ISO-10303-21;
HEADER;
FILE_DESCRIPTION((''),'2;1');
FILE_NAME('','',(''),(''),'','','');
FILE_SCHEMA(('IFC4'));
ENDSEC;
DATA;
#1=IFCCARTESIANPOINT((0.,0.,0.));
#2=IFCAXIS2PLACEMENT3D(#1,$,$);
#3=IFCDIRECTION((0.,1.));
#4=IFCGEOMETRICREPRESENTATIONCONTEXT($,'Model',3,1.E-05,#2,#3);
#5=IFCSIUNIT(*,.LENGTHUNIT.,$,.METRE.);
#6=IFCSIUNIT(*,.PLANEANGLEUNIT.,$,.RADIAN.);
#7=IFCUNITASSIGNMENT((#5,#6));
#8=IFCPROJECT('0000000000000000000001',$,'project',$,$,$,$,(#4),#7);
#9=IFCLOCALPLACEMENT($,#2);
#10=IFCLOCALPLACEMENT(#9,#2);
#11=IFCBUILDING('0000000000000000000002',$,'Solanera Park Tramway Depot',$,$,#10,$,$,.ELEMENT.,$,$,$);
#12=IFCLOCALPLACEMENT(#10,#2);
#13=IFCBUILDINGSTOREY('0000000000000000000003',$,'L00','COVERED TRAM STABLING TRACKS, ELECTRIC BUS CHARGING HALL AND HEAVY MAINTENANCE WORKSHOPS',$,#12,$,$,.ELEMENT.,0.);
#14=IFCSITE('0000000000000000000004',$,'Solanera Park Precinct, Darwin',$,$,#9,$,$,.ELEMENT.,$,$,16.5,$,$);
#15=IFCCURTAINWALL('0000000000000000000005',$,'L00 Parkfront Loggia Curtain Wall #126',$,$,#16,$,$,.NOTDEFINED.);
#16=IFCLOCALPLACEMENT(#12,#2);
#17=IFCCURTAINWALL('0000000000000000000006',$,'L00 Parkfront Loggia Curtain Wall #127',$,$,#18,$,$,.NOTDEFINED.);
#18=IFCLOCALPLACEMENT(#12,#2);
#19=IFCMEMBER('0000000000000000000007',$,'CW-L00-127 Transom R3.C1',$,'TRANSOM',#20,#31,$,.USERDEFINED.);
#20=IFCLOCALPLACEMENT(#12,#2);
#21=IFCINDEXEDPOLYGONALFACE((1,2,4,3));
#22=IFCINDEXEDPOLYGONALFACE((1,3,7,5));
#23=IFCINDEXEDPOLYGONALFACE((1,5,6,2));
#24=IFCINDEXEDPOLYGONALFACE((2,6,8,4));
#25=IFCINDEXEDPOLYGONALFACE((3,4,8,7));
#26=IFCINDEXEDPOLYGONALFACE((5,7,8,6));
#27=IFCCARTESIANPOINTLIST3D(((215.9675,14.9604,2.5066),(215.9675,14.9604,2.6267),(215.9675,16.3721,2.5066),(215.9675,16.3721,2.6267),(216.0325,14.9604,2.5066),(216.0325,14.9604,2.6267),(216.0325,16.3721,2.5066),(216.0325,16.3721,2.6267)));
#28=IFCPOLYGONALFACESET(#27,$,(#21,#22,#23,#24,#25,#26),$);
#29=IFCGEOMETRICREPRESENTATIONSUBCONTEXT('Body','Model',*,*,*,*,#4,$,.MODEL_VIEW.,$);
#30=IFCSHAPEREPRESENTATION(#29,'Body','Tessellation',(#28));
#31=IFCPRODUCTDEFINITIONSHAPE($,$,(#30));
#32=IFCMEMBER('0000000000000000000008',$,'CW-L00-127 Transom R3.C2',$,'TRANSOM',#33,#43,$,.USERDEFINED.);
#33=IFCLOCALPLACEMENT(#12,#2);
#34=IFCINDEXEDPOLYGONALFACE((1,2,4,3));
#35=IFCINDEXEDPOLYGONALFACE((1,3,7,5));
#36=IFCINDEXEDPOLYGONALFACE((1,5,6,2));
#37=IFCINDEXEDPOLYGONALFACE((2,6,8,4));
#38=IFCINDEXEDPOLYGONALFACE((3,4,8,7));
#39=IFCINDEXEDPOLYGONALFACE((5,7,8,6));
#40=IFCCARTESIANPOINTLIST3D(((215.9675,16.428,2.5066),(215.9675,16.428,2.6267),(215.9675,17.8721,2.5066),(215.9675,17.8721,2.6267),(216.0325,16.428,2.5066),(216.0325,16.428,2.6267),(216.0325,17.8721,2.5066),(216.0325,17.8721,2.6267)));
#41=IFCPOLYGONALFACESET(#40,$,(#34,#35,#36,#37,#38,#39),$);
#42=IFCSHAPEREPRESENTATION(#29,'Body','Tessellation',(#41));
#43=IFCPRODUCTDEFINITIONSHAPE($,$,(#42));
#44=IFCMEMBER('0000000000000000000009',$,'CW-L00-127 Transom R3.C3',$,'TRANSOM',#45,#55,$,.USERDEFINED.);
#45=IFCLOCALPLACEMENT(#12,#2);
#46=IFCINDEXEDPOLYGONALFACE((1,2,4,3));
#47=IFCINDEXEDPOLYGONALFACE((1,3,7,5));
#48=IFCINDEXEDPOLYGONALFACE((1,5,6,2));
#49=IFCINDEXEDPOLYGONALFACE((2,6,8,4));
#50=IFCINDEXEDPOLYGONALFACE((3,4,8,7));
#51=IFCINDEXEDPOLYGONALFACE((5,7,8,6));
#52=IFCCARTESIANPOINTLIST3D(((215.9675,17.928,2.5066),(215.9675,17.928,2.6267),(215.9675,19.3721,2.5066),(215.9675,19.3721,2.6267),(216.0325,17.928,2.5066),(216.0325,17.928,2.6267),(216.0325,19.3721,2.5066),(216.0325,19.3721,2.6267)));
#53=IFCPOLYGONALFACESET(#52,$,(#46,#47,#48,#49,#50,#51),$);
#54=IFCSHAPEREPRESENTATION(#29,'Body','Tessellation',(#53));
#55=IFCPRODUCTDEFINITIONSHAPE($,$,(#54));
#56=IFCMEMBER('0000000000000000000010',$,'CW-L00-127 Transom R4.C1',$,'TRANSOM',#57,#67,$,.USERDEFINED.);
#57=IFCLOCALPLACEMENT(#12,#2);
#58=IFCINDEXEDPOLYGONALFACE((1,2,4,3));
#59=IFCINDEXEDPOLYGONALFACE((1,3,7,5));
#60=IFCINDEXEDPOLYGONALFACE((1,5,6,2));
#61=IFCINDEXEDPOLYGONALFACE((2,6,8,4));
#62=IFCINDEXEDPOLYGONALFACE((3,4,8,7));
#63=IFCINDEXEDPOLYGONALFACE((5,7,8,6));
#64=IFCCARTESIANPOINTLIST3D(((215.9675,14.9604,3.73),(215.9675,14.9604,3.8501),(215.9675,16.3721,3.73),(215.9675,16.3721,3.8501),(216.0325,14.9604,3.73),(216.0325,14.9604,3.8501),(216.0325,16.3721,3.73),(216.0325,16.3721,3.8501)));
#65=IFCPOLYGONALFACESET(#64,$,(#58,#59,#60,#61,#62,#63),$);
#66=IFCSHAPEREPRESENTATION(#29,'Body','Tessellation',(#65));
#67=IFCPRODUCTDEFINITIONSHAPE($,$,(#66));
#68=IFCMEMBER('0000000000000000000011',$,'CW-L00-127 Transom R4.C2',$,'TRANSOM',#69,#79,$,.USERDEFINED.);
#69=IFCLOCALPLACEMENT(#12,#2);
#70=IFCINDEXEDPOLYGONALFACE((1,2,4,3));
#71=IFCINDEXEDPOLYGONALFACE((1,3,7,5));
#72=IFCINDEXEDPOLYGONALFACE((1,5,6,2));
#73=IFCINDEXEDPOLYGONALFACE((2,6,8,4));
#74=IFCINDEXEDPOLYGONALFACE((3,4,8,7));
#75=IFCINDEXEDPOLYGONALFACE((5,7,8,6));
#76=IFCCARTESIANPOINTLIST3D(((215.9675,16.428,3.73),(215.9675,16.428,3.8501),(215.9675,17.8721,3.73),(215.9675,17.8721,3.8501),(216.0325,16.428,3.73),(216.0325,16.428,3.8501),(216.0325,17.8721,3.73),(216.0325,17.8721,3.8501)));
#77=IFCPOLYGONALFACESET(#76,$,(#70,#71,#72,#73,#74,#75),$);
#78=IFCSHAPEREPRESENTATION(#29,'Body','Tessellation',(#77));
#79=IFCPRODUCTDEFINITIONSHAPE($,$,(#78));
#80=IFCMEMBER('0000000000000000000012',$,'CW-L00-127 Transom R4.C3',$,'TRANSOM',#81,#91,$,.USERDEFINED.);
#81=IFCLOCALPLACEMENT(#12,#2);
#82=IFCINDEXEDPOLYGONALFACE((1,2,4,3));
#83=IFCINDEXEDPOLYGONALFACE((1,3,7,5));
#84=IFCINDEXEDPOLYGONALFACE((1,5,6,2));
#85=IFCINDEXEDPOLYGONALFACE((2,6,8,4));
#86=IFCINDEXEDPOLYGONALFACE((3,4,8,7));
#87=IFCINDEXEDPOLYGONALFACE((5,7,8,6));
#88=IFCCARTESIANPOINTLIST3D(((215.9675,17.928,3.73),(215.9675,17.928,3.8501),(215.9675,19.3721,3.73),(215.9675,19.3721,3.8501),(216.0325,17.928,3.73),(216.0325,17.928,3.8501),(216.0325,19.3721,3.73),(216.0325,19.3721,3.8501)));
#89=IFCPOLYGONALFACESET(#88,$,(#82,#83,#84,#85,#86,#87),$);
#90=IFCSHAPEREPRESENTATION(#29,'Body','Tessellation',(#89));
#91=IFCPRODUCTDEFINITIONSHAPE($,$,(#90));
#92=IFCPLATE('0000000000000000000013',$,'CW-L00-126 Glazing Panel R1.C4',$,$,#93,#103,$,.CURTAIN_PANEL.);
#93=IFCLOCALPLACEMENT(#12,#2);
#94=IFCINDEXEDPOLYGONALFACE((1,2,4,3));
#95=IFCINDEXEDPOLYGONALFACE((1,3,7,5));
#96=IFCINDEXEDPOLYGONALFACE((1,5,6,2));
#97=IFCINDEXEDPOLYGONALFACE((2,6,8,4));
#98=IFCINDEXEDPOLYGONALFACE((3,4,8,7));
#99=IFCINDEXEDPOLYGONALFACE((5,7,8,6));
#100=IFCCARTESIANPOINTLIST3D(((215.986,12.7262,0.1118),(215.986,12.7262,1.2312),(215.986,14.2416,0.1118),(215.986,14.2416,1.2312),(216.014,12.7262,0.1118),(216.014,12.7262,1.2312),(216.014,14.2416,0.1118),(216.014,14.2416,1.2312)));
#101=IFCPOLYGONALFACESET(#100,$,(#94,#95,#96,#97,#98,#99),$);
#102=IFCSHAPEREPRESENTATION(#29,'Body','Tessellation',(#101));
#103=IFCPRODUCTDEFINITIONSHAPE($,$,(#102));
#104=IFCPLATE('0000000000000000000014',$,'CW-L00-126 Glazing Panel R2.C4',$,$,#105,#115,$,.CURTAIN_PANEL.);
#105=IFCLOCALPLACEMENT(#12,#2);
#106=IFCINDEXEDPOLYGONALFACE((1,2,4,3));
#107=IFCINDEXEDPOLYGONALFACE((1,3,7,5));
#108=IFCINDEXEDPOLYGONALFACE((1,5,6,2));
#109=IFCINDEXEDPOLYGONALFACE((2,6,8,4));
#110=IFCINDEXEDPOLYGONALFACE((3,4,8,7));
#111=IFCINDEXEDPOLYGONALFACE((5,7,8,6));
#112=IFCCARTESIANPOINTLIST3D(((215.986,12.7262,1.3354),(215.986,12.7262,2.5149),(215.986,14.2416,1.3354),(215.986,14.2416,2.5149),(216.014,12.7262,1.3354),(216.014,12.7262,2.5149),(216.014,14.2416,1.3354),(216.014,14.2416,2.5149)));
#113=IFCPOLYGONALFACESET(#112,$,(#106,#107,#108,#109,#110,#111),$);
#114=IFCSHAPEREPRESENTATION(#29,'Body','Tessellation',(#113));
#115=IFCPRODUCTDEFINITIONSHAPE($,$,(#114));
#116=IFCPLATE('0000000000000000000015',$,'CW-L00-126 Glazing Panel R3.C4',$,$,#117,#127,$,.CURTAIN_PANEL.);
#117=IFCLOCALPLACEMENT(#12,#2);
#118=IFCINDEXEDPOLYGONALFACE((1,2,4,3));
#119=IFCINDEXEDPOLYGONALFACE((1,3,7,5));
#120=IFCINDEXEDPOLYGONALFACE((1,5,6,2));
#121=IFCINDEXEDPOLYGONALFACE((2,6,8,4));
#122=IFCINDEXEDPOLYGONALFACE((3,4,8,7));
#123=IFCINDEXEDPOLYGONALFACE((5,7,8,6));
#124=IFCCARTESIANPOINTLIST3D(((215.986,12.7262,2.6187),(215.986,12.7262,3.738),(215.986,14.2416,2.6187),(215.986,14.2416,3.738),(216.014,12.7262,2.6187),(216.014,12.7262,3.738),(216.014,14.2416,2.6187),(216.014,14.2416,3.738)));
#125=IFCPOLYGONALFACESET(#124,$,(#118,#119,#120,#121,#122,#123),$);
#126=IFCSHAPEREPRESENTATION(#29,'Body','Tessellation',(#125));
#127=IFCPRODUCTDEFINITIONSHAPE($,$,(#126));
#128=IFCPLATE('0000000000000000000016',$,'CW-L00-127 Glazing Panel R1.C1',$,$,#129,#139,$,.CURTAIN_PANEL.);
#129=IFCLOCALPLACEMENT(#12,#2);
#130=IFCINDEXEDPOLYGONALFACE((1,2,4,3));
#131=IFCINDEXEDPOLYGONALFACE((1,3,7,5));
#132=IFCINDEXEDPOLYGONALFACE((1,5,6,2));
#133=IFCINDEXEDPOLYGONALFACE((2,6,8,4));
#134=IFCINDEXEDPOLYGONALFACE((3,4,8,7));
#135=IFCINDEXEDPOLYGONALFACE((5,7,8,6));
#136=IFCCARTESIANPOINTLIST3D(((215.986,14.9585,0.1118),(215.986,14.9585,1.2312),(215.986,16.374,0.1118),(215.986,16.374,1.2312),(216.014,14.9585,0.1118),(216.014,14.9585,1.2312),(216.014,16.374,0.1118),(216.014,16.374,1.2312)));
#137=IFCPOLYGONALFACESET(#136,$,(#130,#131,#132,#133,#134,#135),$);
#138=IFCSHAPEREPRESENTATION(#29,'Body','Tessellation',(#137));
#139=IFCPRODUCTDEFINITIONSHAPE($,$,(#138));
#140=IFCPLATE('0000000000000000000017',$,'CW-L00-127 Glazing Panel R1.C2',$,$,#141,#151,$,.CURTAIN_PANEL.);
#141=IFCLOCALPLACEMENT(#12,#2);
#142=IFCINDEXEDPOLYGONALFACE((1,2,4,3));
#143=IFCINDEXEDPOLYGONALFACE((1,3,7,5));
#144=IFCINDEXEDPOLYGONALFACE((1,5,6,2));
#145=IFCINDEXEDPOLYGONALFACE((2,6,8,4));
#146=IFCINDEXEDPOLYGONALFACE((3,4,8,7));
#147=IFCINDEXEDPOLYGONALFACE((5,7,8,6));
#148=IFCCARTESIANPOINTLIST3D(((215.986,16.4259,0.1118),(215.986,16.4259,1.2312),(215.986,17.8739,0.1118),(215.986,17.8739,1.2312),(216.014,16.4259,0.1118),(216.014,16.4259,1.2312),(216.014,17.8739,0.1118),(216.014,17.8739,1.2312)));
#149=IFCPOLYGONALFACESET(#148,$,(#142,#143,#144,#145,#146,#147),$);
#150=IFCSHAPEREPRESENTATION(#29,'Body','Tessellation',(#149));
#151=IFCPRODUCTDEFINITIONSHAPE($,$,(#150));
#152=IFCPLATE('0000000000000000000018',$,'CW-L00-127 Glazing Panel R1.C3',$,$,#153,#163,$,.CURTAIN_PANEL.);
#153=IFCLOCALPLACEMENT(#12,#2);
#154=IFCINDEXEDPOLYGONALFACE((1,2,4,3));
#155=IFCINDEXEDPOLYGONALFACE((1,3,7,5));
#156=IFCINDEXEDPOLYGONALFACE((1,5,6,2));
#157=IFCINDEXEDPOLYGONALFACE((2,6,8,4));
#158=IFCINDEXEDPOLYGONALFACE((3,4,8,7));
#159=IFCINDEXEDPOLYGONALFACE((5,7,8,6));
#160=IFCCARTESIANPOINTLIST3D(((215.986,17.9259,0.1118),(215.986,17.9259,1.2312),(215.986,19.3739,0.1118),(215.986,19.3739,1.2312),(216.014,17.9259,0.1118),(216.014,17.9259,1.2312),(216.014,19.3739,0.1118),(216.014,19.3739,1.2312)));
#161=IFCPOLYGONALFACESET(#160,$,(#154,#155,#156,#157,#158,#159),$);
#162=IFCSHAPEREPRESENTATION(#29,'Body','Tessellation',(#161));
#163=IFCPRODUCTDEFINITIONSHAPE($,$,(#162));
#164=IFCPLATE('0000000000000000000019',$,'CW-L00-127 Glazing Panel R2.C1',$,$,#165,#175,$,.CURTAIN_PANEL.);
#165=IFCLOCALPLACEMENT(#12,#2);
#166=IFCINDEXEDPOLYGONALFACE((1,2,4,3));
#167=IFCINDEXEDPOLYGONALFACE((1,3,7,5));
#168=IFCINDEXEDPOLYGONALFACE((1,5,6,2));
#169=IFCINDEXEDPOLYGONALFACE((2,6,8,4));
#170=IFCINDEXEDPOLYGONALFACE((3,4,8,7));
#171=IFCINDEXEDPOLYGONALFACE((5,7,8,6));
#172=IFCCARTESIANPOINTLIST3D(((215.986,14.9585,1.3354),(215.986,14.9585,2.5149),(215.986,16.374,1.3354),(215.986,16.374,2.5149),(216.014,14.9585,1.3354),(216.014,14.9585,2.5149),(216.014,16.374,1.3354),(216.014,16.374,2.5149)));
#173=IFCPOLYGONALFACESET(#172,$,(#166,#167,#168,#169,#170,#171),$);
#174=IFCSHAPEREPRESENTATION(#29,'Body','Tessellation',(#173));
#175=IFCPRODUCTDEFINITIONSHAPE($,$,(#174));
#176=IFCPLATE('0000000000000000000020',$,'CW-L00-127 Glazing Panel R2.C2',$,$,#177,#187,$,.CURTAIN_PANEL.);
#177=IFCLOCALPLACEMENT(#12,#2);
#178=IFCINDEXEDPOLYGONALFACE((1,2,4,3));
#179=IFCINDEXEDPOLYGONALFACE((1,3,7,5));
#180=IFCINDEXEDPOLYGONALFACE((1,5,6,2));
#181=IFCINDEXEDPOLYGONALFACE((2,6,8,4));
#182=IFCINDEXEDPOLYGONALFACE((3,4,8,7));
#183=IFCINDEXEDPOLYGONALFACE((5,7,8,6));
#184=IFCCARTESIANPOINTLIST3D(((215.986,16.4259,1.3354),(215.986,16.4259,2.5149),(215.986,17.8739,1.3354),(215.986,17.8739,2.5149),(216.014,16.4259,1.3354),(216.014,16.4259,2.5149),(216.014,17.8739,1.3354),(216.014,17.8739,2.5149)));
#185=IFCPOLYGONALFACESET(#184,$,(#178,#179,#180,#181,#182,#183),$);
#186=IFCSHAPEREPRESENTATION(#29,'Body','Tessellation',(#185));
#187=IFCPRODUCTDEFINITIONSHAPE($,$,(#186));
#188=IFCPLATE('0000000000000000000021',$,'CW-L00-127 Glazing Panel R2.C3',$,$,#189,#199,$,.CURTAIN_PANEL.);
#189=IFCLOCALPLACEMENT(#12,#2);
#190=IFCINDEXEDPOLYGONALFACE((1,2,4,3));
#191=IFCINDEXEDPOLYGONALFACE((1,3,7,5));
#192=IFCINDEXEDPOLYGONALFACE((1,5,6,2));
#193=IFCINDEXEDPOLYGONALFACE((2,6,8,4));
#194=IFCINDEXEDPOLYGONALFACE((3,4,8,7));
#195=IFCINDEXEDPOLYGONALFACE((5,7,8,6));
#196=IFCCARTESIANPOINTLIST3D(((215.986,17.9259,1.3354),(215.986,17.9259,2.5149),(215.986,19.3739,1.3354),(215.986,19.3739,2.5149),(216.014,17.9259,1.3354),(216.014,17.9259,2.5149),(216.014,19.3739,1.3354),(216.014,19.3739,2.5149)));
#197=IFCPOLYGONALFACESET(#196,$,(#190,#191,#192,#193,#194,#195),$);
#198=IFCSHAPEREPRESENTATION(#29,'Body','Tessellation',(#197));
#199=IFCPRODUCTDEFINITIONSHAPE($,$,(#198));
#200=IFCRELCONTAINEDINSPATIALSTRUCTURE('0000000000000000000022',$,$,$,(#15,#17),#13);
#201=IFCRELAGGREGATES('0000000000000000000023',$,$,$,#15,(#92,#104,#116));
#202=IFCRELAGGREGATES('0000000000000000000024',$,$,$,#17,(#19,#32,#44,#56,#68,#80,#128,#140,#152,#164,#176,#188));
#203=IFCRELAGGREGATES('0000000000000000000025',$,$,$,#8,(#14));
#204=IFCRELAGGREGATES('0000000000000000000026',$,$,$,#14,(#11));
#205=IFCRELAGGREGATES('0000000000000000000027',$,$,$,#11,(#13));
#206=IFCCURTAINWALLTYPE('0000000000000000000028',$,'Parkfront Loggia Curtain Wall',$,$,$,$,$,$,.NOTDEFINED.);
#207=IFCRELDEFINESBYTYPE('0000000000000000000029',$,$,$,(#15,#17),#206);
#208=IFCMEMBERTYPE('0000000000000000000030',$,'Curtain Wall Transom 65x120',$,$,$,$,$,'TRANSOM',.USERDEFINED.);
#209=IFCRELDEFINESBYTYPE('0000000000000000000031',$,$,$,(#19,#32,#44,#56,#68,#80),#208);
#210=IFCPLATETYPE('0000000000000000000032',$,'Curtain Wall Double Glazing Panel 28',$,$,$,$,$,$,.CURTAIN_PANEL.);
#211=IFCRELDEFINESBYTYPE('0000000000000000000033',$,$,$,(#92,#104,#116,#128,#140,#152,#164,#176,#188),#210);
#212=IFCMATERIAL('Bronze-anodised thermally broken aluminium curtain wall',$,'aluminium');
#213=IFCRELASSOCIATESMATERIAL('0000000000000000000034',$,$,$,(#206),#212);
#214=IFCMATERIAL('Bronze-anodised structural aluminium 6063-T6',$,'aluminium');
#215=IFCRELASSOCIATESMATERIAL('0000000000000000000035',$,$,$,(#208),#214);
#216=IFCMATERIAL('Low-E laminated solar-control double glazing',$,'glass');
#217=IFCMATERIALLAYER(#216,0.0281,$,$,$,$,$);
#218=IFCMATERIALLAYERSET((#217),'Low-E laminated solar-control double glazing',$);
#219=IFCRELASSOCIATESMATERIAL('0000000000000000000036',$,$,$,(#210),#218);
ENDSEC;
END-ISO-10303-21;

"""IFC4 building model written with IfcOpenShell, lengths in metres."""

from ifc_helpers import new_model, si_unit, direction, frame, origin, origin_2d, place, context, subcontext, project, spatial, rectangle, extrude, material, layer, layer_set, material_profile, profile_set, type_object, element, aggregate, save


model = new_model("IFC4")

# Units and contexts
model_context = context("Model", 3, precision=1e-05, world=origin(), true_north=direction((0.0, 1.0)))
body_context = subcontext(model_context, "Body", "Model", "MODEL_VIEW")
ifc_project = project(units=[si_unit("LENGTHUNIT", "METRE"), si_unit("PLANEANGLEUNIT", "RADIAN")], contexts=[model_context])

# Site, building, storey
site_placement = place(None, origin())
site = spatial("IfcSite", under=ifc_project, at=site_placement, Name="Solanera Park Precinct, Darwin", CompositionType="ELEMENT", RefElevation=16.5)
building_placement = place(site_placement, origin())
building = spatial("IfcBuilding", under=site, at=building_placement, Name="Solanera Park Tramway Depot", CompositionType="ELEMENT")
storey_placement = place(building_placement, origin())
storey = spatial("IfcBuildingStorey", under=building, at=storey_placement, Name="L00", Description="COVERED TRAM STABLING TRACKS, ELECTRIC BUS CHARGING HALL AND HEAVY MAINTENANCE WORKSHOPS", CompositionType="ELEMENT", Elevation=0.0)

# Curtain wall
ifc_material_1 = material(Name="Bronze-anodised thermally broken aluminium curtain wall", Category="aluminium")
curtain_wall_type = type_object("IfcCurtainWallType", Name="Parkfront Loggia Curtain Wall", PredefinedType="NOTDEFINED", material=ifc_material_1)
curtain_wall_1_placement = place(storey_placement, origin())
curtain_wall_1 = element("IfcCurtainWall", 1, at=curtain_wall_1_placement, inside=storey, type_object=curtain_wall_type, Name="L00 Parkfront Loggia Curtain Wall #126", PredefinedType="NOTDEFINED")

# Curtain wall
curtain_wall_2_placement = place(storey_placement, origin())
curtain_wall_2 = element("IfcCurtainWall", 2, at=curtain_wall_2_placement, inside=storey, type_object=curtain_wall_type, Name="L00 Parkfront Loggia Curtain Wall #127", PredefinedType="NOTDEFINED")

# Members
ifc_material_2 = material(Name="Bronze-anodised structural aluminium 6063-T6", Category="aluminium")
ifc_material_profile_1 = material_profile(ifc_material_2, rectangle(XDim=0.0649, YDim=0.1201, at=origin_2d()), Name="Curtain Wall Transom 65x120")
ifc_profile_set_1 = profile_set([ifc_material_profile_1], Name="Bronze-anodised structural aluminium 6063-T6")
member_type_1 = type_object("IfcMemberType", Name="Curtain Wall Transom 65x120", ElementType="TRANSOM", PredefinedType="USERDEFINED", material=ifc_profile_set_1)
member_1_placement = place(storey_placement, frame((216.0, 14.9604, 2.5667), z_axis=(0.0, 1.0, 0.0), x_axis=(-1.0, 0.0, 0.0)))
member_1 = element("IfcMember", 3, at=member_1_placement, type_object=member_type_1, Name="CW-L00-127 Transom R3.C1", ObjectType="TRANSOM", PredefinedType="USERDEFINED", context=body_context, shape_type="SweptSolid", body=[
    extrude(rectangle(XDim=0.0649, YDim=0.1201, at=origin_2d()), origin(), (0.0, 0.0, 1.0), 1.4116),
])
member_2_placement = place(storey_placement, frame((216.0, 16.428, 2.5667), z_axis=(0.0, 1.0, 0.0), x_axis=(-1.0, 0.0, 0.0)))
member_2 = element("IfcMember", 4, at=member_2_placement, type_object=member_type_1, Name="CW-L00-127 Transom R3.C2", ObjectType="TRANSOM", PredefinedType="USERDEFINED", context=body_context, shape_type="SweptSolid", body=[
    extrude(rectangle(XDim=0.0649, YDim=0.1201, at=origin_2d()), origin(), (0.0, 0.0, 1.0), 1.4441),
])
member_3_placement = place(storey_placement, frame((216.0, 17.928, 2.5667), z_axis=(0.0, 1.0, 0.0), x_axis=(-1.0, 0.0, 0.0)))
member_3 = element("IfcMember", 5, at=member_3_placement, type_object=member_type_1, Name="CW-L00-127 Transom R3.C3", ObjectType="TRANSOM", PredefinedType="USERDEFINED", context=body_context, shape_type="SweptSolid", body=[
    extrude(rectangle(XDim=0.0649, YDim=0.1201, at=origin_2d()), origin(), (0.0, 0.0, 1.0), 1.4441),
])
member_4_placement = place(storey_placement, frame((216.0, 14.9604, 3.79), z_axis=(0.0, 1.0, 0.0), x_axis=(-1.0, 0.0, 0.0)))
member_4 = element("IfcMember", 6, at=member_4_placement, type_object=member_type_1, Name="CW-L00-127 Transom R4.C1", ObjectType="TRANSOM", PredefinedType="USERDEFINED", context=body_context, shape_type="SweptSolid", body=[
    extrude(rectangle(XDim=0.0649, YDim=0.1201, at=origin_2d()), origin(), (0.0, 0.0, 1.0), 1.4116),
])
member_5_placement = place(storey_placement, frame((216.0, 16.428, 3.79), z_axis=(0.0, 1.0, 0.0), x_axis=(-1.0, 0.0, 0.0)))
member_5 = element("IfcMember", 7, at=member_5_placement, type_object=member_type_1, Name="CW-L00-127 Transom R4.C2", ObjectType="TRANSOM", PredefinedType="USERDEFINED", context=body_context, shape_type="SweptSolid", body=[
    extrude(rectangle(XDim=0.0649, YDim=0.1201, at=origin_2d()), origin(), (0.0, 0.0, 1.0), 1.4441),
])
member_6_placement = place(storey_placement, frame((216.0, 17.928, 3.79), z_axis=(0.0, 1.0, 0.0), x_axis=(-1.0, 0.0, 0.0)))
member_6 = element("IfcMember", 8, at=member_6_placement, type_object=member_type_1, Name="CW-L00-127 Transom R4.C3", ObjectType="TRANSOM", PredefinedType="USERDEFINED", context=body_context, shape_type="SweptSolid", body=[
    extrude(rectangle(XDim=0.0649, YDim=0.1201, at=origin_2d()), origin(), (0.0, 0.0, 1.0), 1.4441),
])

# Plates
ifc_material_3 = material(Name="Low-E laminated solar-control double glazing", Category="glass")
ifc_layer = layer(ifc_material_3, 0.0281)
ifc_layer_set = layer_set([ifc_layer], Name="Low-E laminated solar-control double glazing")
plate_type = type_object("IfcPlateType", Name="Curtain Wall Double Glazing Panel 28", PredefinedType="CURTAIN_PANEL", material=ifc_layer_set)
plate_1_placement = place(storey_placement, frame((216.0, 13.4839, 0.1118), z_axis=(0.0, 0.0, 1.0), x_axis=(0.0, 1.0, 0.0)))
plate_1 = element("IfcPlate", 9, at=plate_1_placement, type_object=plate_type, Name="CW-L00-126 Glazing Panel R1.C4", PredefinedType="CURTAIN_PANEL", context=body_context, shape_type="SweptSolid", body=[
    extrude(rectangle(XDim=1.5154, YDim=0.0281, at=origin_2d()), origin(), (0.0, 0.0, 1.0), 1.1194),
])
plate_2_placement = place(storey_placement, frame((216.0, 13.4839, 1.3354), z_axis=(0.0, 0.0, 1.0), x_axis=(0.0, 1.0, 0.0)))
plate_2 = element("IfcPlate", 10, at=plate_2_placement, type_object=plate_type, Name="CW-L00-126 Glazing Panel R2.C4", PredefinedType="CURTAIN_PANEL", context=body_context, shape_type="SweptSolid", body=[
    extrude(rectangle(XDim=1.5154, YDim=0.0281, at=origin_2d()), origin(), (0.0, 0.0, 1.0), 1.1794),
])
plate_3_placement = place(storey_placement, frame((216.0, 13.4839, 2.6187), z_axis=(0.0, 0.0, 1.0), x_axis=(0.0, 1.0, 0.0)))
plate_3 = element("IfcPlate", 11, at=plate_3_placement, type_object=plate_type, Name="CW-L00-126 Glazing Panel R3.C4", PredefinedType="CURTAIN_PANEL", context=body_context, shape_type="SweptSolid", body=[
    extrude(rectangle(XDim=1.5154, YDim=0.0281, at=origin_2d()), origin(), (0.0, 0.0, 1.0), 1.1194),
])
aggregate(curtain_wall_1, [plate_1, plate_2, plate_3])
plate_4_placement = place(storey_placement, frame((216.0, 15.6663, 0.1118), z_axis=(0.0, 0.0, 1.0), x_axis=(0.0, 1.0, 0.0)))
plate_4 = element("IfcPlate", 12, at=plate_4_placement, type_object=plate_type, Name="CW-L00-127 Glazing Panel R1.C1", PredefinedType="CURTAIN_PANEL", context=body_context, shape_type="SweptSolid", body=[
    extrude(rectangle(XDim=1.4155, YDim=0.0281, at=origin_2d()), origin(), (0.0, 0.0, 1.0), 1.1194),
])
plate_5_placement = place(storey_placement, frame((216.0, 17.1499, 0.1118), z_axis=(0.0, 0.0, 1.0), x_axis=(0.0, 1.0, 0.0)))
plate_5 = element("IfcPlate", 13, at=plate_5_placement, type_object=plate_type, Name="CW-L00-127 Glazing Panel R1.C2", PredefinedType="CURTAIN_PANEL", context=body_context, shape_type="SweptSolid", body=[
    extrude(rectangle(XDim=1.448, YDim=0.0281, at=origin_2d()), origin(), (0.0, 0.0, 1.0), 1.1194),
])
plate_6_placement = place(storey_placement, frame((216.0, 18.6499, 0.1118), z_axis=(0.0, 0.0, 1.0), x_axis=(0.0, 1.0, 0.0)))
plate_6 = element("IfcPlate", 14, at=plate_6_placement, type_object=plate_type, Name="CW-L00-127 Glazing Panel R1.C3", PredefinedType="CURTAIN_PANEL", context=body_context, shape_type="SweptSolid", body=[
    extrude(rectangle(XDim=1.448, YDim=0.0281, at=origin_2d()), origin(), (0.0, 0.0, 1.0), 1.1194),
])
plate_7_placement = place(storey_placement, frame((216.0, 15.6663, 1.3354), z_axis=(0.0, 0.0, 1.0), x_axis=(0.0, 1.0, 0.0)))
plate_7 = element("IfcPlate", 15, at=plate_7_placement, type_object=plate_type, Name="CW-L00-127 Glazing Panel R2.C1", PredefinedType="CURTAIN_PANEL", context=body_context, shape_type="SweptSolid", body=[
    extrude(rectangle(XDim=1.4155, YDim=0.0281, at=origin_2d()), origin(), (0.0, 0.0, 1.0), 1.1794),
])
plate_8_placement = place(storey_placement, frame((216.0, 17.1499, 1.3354), z_axis=(0.0, 0.0, 1.0), x_axis=(0.0, 1.0, 0.0)))
plate_8 = element("IfcPlate", 16, at=plate_8_placement, type_object=plate_type, Name="CW-L00-127 Glazing Panel R2.C2", PredefinedType="CURTAIN_PANEL", context=body_context, shape_type="SweptSolid", body=[
    extrude(rectangle(XDim=1.448, YDim=0.0281, at=origin_2d()), origin(), (0.0, 0.0, 1.0), 1.1794),
])
plate_9_placement = place(storey_placement, frame((216.0, 18.6499, 1.3354), z_axis=(0.0, 0.0, 1.0), x_axis=(0.0, 1.0, 0.0)))
plate_9 = element("IfcPlate", 17, at=plate_9_placement, type_object=plate_type, Name="CW-L00-127 Glazing Panel R2.C3", PredefinedType="CURTAIN_PANEL", context=body_context, shape_type="SweptSolid", body=[
    extrude(rectangle(XDim=1.448, YDim=0.0281, at=origin_2d()), origin(), (0.0, 0.0, 1.0), 1.1794),
])
aggregate(curtain_wall_2, [member_1, member_2, member_3, member_4, member_5, member_6, plate_4, plate_5, plate_6, plate_7, plate_8, plate_9])

save(model, "model.ifc")
